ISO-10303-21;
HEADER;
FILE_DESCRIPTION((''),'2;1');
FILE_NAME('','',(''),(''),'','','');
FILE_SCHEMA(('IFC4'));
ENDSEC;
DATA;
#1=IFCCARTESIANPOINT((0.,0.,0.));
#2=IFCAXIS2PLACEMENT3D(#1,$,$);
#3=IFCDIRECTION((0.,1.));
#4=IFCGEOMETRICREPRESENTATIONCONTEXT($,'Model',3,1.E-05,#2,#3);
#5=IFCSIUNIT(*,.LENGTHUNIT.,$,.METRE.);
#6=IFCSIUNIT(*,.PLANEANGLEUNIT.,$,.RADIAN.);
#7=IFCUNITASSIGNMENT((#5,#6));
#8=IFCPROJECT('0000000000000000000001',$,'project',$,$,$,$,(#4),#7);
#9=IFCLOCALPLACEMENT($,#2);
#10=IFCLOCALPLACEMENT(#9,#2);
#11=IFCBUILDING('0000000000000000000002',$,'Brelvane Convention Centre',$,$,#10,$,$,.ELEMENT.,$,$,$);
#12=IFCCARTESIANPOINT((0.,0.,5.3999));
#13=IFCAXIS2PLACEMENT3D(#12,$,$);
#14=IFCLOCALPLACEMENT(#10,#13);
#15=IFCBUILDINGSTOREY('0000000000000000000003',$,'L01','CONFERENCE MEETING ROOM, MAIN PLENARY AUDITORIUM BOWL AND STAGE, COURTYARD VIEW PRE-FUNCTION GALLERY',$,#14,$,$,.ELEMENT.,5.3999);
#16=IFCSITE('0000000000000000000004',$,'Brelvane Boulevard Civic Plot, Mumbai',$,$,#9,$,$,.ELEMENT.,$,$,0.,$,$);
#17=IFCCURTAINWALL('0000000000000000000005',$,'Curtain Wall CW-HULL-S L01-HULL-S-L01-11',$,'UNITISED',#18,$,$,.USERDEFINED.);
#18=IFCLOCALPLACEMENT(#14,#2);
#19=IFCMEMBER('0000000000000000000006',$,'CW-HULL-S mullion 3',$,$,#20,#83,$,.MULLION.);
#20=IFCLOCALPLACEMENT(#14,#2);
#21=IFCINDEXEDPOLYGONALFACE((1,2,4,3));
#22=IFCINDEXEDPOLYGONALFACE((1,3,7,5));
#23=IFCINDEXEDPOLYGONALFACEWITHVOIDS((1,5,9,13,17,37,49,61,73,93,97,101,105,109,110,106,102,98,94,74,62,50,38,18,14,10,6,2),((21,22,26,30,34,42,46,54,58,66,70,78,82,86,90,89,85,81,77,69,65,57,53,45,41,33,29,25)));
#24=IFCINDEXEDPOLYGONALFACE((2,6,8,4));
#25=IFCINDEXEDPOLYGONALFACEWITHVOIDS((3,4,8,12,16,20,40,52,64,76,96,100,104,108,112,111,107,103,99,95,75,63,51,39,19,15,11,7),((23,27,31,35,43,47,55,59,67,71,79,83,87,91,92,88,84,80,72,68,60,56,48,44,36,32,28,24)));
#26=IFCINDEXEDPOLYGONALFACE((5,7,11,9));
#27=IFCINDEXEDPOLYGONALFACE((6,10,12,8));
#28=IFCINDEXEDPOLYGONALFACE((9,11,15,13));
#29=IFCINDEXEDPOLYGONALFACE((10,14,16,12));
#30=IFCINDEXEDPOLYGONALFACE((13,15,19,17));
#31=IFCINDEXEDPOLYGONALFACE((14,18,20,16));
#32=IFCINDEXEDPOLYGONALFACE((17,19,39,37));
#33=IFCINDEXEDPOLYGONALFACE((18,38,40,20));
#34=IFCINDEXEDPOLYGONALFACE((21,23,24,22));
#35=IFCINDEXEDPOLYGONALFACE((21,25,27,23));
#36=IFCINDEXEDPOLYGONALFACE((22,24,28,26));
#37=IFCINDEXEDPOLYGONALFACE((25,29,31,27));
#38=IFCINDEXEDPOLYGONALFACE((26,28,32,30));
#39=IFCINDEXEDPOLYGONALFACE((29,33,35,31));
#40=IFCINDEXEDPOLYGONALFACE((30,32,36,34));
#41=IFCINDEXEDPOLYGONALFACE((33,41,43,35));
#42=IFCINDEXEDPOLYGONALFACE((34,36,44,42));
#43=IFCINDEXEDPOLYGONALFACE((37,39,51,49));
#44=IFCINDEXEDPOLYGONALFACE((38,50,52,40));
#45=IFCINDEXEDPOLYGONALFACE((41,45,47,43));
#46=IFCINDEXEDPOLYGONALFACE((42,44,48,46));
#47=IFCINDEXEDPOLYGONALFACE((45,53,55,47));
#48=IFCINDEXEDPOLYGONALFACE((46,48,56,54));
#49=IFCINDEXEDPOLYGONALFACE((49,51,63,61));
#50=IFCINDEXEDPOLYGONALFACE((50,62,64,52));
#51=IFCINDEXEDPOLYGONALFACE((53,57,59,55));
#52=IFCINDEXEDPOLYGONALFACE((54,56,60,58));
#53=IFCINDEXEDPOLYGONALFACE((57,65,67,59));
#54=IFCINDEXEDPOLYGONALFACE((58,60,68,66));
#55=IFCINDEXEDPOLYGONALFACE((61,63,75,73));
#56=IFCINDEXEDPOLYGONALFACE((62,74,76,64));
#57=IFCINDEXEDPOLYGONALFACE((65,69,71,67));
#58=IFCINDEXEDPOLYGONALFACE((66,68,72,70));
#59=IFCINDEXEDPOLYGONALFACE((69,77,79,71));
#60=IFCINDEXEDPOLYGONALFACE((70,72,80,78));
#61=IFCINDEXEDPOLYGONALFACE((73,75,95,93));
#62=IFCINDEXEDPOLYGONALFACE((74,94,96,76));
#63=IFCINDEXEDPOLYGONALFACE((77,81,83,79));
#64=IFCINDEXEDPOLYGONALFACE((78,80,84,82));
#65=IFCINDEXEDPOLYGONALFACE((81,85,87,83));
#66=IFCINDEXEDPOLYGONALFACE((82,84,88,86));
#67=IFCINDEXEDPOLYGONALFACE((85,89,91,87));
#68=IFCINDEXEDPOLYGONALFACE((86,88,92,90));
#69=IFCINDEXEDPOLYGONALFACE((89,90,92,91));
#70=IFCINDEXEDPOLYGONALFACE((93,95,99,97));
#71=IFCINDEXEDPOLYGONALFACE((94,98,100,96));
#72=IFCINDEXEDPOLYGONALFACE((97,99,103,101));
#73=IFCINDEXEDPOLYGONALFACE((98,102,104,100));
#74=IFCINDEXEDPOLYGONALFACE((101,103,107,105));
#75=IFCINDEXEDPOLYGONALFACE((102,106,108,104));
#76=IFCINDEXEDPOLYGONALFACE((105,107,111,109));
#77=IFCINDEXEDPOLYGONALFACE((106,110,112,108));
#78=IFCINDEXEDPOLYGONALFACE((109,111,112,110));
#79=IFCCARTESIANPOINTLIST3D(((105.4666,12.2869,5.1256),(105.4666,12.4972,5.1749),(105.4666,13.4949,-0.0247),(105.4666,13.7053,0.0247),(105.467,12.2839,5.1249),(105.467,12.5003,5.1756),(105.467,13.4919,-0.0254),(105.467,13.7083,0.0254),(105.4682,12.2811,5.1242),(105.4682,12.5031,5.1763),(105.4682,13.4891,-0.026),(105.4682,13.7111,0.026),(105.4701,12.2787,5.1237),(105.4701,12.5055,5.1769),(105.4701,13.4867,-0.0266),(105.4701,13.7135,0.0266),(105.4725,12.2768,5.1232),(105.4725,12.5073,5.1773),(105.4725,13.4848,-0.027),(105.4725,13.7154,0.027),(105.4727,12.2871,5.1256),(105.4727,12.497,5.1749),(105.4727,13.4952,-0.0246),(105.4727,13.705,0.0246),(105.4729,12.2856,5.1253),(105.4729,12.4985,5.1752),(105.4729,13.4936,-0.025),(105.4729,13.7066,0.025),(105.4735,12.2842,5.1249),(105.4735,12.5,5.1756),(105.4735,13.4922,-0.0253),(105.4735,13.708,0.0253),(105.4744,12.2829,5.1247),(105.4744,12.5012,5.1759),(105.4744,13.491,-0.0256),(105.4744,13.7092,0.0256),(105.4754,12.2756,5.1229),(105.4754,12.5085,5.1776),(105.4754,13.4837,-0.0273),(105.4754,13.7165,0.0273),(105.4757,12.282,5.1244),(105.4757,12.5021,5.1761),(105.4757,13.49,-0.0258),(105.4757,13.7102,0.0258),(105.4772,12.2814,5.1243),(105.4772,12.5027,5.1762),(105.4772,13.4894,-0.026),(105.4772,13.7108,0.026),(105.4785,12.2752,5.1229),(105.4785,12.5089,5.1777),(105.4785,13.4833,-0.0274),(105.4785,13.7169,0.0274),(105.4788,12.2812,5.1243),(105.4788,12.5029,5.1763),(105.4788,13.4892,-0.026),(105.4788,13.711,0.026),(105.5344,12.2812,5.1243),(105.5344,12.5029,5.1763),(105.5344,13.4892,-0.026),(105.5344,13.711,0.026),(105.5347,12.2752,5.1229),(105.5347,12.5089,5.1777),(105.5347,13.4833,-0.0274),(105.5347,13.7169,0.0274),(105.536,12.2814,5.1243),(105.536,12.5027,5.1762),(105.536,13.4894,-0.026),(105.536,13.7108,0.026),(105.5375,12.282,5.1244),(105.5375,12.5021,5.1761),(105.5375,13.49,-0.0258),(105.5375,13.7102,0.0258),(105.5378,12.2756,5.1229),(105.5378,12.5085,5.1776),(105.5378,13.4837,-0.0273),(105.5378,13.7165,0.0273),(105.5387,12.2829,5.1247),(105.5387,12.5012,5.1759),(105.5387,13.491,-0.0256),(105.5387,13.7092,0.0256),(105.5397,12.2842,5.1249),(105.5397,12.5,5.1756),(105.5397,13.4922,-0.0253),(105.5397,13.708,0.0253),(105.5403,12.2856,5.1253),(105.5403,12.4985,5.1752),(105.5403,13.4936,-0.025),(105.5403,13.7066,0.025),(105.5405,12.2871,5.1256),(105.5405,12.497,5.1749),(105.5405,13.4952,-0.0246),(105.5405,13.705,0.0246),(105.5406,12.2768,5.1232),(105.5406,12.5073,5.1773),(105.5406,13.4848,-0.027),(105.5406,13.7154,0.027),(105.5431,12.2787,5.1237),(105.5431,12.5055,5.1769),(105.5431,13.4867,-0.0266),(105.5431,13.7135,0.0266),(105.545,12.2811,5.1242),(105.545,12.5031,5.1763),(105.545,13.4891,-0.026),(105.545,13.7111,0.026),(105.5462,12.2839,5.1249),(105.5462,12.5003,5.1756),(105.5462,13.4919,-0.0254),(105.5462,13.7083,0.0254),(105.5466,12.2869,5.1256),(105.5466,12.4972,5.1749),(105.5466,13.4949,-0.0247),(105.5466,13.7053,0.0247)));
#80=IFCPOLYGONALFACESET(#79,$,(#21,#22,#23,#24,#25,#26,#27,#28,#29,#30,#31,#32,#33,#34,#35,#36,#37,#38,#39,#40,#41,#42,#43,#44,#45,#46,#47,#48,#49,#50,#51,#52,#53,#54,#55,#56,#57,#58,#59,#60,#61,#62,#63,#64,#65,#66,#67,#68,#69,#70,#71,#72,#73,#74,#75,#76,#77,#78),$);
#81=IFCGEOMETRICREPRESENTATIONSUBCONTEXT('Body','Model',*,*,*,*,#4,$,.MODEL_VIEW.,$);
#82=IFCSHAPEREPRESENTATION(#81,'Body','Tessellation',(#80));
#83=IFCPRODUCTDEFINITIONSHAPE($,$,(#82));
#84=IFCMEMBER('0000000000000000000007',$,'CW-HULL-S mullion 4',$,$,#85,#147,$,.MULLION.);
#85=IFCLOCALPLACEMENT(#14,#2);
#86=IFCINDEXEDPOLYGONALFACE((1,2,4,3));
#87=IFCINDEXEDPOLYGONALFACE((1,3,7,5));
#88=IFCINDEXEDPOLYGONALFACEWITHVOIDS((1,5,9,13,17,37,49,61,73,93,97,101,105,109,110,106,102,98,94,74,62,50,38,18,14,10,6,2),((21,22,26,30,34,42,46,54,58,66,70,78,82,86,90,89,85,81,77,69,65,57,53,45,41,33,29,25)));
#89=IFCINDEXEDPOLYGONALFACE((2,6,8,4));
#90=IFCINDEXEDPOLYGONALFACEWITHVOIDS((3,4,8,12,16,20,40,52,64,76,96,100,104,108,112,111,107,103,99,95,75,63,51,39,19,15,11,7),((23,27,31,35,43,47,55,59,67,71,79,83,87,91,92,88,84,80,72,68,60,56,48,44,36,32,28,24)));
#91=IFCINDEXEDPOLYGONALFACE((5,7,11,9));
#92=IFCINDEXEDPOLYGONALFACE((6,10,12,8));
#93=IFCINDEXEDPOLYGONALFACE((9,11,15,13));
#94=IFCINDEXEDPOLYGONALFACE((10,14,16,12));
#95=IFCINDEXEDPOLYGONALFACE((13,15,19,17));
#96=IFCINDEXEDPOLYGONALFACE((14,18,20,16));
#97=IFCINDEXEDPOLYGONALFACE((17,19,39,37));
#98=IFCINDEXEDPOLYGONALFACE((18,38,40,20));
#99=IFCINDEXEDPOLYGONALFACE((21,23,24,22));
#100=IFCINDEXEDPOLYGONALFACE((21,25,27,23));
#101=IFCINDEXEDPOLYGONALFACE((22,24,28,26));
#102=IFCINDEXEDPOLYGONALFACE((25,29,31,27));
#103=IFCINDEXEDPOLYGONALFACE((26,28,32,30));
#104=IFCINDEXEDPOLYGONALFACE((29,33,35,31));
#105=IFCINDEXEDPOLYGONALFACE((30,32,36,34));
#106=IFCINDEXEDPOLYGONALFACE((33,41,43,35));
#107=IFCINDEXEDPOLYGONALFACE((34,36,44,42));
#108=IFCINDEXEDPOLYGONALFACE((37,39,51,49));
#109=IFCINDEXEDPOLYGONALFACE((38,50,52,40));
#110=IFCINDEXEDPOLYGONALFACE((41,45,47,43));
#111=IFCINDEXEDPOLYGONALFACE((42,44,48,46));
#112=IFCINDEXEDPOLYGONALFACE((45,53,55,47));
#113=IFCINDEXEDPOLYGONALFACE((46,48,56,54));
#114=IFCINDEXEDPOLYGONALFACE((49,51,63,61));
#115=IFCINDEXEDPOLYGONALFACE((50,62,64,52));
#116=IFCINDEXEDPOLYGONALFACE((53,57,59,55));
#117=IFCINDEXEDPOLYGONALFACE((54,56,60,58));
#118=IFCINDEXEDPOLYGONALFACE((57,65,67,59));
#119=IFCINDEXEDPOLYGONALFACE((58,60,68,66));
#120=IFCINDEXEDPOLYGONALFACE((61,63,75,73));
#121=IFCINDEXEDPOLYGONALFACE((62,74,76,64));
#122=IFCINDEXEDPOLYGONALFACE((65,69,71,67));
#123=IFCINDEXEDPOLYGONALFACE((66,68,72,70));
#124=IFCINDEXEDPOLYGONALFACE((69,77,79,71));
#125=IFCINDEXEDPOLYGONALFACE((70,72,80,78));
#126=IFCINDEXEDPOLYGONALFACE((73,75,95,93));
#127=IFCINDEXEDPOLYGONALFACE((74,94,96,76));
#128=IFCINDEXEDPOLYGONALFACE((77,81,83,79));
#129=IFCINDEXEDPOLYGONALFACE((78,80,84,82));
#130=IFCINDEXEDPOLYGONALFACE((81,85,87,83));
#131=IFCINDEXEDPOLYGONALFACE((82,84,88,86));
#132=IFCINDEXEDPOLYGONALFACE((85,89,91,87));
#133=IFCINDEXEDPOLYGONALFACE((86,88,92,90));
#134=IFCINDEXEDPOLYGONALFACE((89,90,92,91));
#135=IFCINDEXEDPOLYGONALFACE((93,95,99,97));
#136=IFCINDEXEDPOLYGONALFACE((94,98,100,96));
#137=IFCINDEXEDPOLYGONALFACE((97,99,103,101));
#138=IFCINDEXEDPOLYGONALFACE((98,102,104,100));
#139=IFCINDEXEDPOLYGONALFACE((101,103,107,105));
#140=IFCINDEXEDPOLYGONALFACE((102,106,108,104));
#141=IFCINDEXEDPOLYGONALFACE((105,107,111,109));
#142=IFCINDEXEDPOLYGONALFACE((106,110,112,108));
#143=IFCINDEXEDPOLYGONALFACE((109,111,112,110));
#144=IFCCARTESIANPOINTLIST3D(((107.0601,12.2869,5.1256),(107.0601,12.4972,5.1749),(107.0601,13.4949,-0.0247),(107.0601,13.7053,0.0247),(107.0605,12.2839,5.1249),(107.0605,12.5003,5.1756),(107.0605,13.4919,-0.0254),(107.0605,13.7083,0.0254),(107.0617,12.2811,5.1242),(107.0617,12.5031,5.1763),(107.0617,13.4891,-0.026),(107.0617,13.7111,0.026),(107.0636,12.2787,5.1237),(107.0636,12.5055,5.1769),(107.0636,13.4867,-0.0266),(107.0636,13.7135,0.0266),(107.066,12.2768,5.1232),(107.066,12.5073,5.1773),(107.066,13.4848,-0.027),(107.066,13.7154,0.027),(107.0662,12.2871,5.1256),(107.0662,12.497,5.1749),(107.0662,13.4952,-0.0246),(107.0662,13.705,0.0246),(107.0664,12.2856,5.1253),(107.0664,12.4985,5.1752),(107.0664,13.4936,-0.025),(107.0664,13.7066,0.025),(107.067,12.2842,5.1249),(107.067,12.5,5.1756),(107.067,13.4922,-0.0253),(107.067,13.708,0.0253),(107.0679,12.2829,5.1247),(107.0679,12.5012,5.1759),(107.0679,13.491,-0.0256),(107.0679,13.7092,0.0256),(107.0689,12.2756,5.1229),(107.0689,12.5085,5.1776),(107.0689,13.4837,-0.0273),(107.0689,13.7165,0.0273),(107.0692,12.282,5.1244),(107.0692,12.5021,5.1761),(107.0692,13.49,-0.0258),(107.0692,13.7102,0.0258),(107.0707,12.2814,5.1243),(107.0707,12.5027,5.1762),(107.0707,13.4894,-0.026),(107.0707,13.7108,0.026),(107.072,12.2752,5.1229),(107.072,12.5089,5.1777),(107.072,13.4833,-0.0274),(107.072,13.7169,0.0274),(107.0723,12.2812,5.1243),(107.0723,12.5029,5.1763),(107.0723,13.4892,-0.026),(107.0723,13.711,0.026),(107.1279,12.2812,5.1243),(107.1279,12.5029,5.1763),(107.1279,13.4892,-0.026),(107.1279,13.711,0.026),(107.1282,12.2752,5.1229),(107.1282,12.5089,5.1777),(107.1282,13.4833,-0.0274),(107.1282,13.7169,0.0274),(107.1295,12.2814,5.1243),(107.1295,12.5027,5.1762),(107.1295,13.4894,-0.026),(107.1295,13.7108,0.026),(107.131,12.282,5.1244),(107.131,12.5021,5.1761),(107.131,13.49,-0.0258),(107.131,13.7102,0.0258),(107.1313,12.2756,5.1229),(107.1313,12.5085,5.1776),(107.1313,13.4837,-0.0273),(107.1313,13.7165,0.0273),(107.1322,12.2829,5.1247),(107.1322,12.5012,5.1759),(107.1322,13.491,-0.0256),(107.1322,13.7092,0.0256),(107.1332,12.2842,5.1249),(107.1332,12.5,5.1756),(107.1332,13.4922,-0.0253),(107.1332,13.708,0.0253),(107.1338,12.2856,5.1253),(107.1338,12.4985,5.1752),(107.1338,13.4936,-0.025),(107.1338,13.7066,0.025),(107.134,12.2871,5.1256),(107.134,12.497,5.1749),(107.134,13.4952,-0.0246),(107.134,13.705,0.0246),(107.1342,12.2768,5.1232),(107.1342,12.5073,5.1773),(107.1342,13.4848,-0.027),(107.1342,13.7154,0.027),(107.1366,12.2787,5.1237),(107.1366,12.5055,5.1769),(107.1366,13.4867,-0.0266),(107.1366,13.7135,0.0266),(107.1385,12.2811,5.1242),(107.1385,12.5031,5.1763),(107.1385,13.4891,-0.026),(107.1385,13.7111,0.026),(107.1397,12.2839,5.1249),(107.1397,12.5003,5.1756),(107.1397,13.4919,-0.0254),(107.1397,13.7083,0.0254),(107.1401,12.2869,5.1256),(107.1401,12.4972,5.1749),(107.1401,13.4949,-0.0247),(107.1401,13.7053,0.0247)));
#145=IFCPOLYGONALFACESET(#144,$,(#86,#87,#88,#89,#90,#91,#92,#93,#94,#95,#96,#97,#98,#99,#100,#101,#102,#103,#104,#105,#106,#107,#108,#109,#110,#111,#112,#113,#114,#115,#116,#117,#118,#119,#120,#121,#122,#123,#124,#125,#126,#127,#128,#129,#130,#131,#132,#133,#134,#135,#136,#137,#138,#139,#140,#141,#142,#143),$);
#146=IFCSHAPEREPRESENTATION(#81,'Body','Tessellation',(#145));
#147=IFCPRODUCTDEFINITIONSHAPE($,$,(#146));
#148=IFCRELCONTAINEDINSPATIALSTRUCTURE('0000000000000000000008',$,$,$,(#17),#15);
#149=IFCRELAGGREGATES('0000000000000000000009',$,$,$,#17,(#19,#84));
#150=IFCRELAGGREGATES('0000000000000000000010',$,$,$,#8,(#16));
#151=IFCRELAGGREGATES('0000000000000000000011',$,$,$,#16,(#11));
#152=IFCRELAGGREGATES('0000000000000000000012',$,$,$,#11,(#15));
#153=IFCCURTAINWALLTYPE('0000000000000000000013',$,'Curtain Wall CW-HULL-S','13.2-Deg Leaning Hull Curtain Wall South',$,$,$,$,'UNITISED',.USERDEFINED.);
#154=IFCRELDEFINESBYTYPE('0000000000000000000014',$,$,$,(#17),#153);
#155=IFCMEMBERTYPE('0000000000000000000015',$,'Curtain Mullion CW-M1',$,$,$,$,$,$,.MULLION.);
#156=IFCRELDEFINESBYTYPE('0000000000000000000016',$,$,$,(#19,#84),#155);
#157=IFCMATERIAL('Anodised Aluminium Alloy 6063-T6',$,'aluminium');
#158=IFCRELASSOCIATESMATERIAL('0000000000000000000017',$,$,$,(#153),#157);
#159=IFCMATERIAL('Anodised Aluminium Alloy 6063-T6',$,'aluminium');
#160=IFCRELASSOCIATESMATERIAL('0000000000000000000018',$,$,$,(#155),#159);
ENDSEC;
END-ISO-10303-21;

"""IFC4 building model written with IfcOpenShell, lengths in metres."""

from ifc_helpers import new_model, si_unit, direction, frame, origin, origin_2d, place, context, subcontext, project, spatial, hollow_rectangle, extrude, material, material_profile, profile_set, type_object, element, aggregate, save


model = new_model("IFC4")

# Units and contexts
model_context = context("Model", 3, precision=1e-05, world=origin(), true_north=direction((0.0, 1.0)))
body_context = subcontext(model_context, "Body", "Model", "MODEL_VIEW")
ifc_project = project(units=[si_unit("LENGTHUNIT", "METRE"), si_unit("PLANEANGLEUNIT", "RADIAN")], contexts=[model_context])

# Site, building, storey
site_placement = place(None, origin())
site = spatial("IfcSite", under=ifc_project, at=site_placement, Name="Brelvane Boulevard Civic Plot, Mumbai", CompositionType="ELEMENT", RefElevation=0.0)
building_placement = place(site_placement, origin())
building = spatial("IfcBuilding", under=site, at=building_placement, Name="Brelvane Convention Centre", CompositionType="ELEMENT")
storey_placement = place(building_placement, frame((0.0, 0.0, 5.3999)))
storey = spatial("IfcBuildingStorey", under=building, at=storey_placement, Name="L01", Description="CONFERENCE MEETING ROOM, MAIN PLENARY AUDITORIUM BOWL AND STAGE, COURTYARD VIEW PRE-FUNCTION GALLERY", CompositionType="ELEMENT", Elevation=5.3999)

# Curtain wall, members
ifc_material_1 = material(Name="Anodised Aluminium Alloy 6063-T6", Category="aluminium")
curtain_wall_type = type_object("IfcCurtainWallType", Name="Curtain Wall CW-HULL-S", Description="13.2-Deg Leaning Hull Curtain Wall South", ElementType="UNITISED", PredefinedType="USERDEFINED", material=ifc_material_1)
ifc_material_2 = material(Name="Anodised Aluminium Alloy 6063-T6", Category="aluminium")
ifc_material_profile_1 = material_profile(ifc_material_2, hollow_rectangle(XDim=0.0801, YDim=0.24, WallThickness=0.0061, InnerFilletRadius=0.0061, OuterFilletRadius=0.012, at=origin_2d()), Name="ALU-M 240x80x6.0")
ifc_profile_set_1 = profile_set([ifc_material_profile_1], Name="Anodised Aluminium Alloy 6063-T6")
member_type_1 = type_object("IfcMemberType", Name="Curtain Mullion CW-M1", PredefinedType="MULLION", material=ifc_profile_set_1)
curtain_wall_1_placement = place(storey_placement, origin())
curtain_wall_1 = element("IfcCurtainWall", 1, at=curtain_wall_1_placement, inside=storey, type_object=curtain_wall_type, Name="Curtain Wall CW-HULL-S L01-HULL-S-L01-11", ObjectType="UNITISED", PredefinedType="USERDEFINED")
member_1_placement = place(storey_placement, frame((105.5066, 13.6001, 0.0), z_axis=(0.0, -0.22836, 0.973577), x_axis=(1.0, 0.0, 0.0)))
member_1 = element("IfcMember", 2, at=member_1_placement, type_object=member_type_1, Name="CW-HULL-S mullion 3", PredefinedType="MULLION", context=body_context, shape_type="SweptSolid", body=[
    extrude(hollow_rectangle(XDim=0.0801, YDim=0.24, WallThickness=0.0061, InnerFilletRadius=0.0061, OuterFilletRadius=0.012, at=origin_2d()), origin(), (0.0, 0.0, 1.0), 5.29),
])
member_2_placement = place(storey_placement, frame((107.1001, 13.6001, 0.0), z_axis=(0.0, -0.22836, 0.973577), x_axis=(1.0, 0.0, 0.0)))
member_2 = element("IfcMember", 3, at=member_2_placement, type_object=member_type_1, Name="CW-HULL-S mullion 4", PredefinedType="MULLION", context=body_context, shape_type="SweptSolid", body=[
    extrude(hollow_rectangle(XDim=0.0801, YDim=0.24, WallThickness=0.0061, InnerFilletRadius=0.0061, OuterFilletRadius=0.012, at=origin_2d()), origin(), (0.0, 0.0, 1.0), 5.29),
])

aggregate(curtain_wall_1, [member_1, member_2])

save(model, "model.ifc")
